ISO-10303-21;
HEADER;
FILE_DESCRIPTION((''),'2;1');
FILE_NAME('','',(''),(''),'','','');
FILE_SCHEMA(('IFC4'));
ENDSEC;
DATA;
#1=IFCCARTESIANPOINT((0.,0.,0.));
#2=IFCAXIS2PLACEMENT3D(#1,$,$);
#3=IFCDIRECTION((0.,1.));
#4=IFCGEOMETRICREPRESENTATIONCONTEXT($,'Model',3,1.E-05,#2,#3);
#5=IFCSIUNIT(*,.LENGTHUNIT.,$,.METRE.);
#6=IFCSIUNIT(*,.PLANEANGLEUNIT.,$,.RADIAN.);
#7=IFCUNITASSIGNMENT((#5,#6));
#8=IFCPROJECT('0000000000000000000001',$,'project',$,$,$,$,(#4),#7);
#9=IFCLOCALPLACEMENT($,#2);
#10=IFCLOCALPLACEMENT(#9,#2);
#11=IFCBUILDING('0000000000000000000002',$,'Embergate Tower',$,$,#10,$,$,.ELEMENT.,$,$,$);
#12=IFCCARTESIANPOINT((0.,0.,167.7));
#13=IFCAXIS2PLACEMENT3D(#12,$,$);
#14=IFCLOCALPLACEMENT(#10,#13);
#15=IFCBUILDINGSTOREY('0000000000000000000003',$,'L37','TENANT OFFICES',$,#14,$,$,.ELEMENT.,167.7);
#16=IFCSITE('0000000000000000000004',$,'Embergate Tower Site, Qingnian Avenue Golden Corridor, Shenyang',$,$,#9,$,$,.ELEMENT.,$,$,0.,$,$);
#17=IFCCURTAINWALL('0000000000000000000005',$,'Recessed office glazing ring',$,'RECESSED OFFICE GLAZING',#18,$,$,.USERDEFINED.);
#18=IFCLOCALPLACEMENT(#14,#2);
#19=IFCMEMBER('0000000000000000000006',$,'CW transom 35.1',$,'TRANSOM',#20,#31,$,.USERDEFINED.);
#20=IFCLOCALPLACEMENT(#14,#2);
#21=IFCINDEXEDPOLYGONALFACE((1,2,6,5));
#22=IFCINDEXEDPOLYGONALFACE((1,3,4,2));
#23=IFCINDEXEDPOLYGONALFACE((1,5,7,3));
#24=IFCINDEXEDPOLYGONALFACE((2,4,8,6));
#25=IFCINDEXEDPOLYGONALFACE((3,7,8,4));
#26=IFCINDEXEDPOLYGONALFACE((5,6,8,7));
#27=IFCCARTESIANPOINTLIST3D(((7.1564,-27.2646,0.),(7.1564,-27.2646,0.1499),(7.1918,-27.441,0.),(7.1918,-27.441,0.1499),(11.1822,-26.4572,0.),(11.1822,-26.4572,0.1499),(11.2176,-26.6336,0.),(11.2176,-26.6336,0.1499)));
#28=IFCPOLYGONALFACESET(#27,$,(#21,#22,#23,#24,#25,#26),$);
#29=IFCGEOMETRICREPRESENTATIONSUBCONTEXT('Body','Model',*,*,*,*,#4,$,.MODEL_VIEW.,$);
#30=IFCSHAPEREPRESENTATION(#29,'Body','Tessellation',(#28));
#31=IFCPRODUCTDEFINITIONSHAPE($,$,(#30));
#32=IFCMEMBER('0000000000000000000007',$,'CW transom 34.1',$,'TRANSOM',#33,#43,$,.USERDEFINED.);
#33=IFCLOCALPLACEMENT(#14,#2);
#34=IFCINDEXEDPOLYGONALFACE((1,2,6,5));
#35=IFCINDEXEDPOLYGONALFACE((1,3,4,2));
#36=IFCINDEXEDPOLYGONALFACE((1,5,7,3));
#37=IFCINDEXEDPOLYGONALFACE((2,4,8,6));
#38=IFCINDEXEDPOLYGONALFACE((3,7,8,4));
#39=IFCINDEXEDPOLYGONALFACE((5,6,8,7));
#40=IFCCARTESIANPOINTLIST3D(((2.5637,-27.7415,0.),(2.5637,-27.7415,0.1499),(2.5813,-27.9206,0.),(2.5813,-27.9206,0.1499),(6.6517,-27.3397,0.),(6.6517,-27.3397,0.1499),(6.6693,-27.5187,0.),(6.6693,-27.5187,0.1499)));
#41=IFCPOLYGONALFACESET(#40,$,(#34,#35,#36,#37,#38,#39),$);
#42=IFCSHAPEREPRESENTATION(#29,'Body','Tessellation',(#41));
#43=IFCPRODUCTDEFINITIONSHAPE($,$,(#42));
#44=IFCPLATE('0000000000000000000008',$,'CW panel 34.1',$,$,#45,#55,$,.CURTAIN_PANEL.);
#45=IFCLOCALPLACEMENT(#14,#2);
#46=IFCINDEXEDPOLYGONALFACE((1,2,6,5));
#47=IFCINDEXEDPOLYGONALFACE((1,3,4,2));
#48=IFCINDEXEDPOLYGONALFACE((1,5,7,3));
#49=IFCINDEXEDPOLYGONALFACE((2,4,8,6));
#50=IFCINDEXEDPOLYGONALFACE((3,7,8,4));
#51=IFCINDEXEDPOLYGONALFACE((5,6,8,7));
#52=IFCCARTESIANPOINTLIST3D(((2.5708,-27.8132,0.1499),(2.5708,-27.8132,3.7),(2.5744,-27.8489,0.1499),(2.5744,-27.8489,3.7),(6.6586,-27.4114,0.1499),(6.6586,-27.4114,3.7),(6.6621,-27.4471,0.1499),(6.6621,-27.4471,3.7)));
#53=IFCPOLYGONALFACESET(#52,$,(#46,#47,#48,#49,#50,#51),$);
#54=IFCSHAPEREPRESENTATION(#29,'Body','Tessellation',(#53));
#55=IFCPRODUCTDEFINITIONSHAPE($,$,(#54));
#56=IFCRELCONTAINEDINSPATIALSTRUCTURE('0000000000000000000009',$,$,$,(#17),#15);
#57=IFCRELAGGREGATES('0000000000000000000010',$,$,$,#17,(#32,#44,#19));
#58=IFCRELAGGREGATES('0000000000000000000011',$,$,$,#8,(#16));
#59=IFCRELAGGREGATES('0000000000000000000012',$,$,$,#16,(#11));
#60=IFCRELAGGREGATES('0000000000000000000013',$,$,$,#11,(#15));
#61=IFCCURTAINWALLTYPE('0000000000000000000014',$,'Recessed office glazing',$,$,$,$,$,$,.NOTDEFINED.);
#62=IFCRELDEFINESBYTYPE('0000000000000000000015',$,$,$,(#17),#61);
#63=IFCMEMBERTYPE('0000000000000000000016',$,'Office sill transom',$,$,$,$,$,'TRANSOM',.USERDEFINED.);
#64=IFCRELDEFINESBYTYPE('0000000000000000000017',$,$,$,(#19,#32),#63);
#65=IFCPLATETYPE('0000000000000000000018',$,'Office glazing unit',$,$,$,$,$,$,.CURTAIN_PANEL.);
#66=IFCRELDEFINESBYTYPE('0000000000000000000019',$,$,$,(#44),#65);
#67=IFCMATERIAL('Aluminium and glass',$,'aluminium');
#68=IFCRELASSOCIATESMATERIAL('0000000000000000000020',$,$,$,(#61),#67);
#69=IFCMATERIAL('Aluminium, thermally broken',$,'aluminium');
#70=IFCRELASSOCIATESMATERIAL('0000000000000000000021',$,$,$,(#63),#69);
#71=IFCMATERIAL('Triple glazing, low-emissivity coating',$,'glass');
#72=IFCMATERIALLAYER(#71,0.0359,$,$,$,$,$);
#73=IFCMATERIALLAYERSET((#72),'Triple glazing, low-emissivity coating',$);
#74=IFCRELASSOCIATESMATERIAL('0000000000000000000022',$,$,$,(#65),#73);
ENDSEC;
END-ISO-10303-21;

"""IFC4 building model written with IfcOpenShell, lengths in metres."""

from ifc_helpers import new_model, si_unit, direction, frame, origin, origin_2d, place, context, subcontext, project, spatial, rectangle, extrude, source, transform, mapped, material, layer, layer_set, material_profile, profile_set, type_object, element, aggregate, save


model = new_model("IFC4")

# Units and contexts
model_context = context("Model", 3, precision=1e-05, world=origin(), true_north=direction((0.0, 1.0)))
body_context = subcontext(model_context, "Body", "Model", "MODEL_VIEW")
ifc_project = project(units=[si_unit("LENGTHUNIT", "METRE"), si_unit("PLANEANGLEUNIT", "RADIAN")], contexts=[model_context])

# Site, building, storey
site_placement = place(None, origin())
site = spatial("IfcSite", under=ifc_project, at=site_placement, Name="Embergate Tower Site, Qingnian Avenue Golden Corridor, Shenyang", CompositionType="ELEMENT", RefElevation=0.0)
building_placement = place(site_placement, origin())
building = spatial("IfcBuilding", under=site, at=building_placement, Name="Embergate Tower", CompositionType="ELEMENT")
storey_placement = place(building_placement, frame((0.0, 0.0, 167.7)))
storey = spatial("IfcBuildingStorey", under=building, at=storey_placement, Name="L37", Description="TENANT OFFICES", CompositionType="ELEMENT", Elevation=167.7)

# Curtain wall, members, plate
ifc_material_1 = material(Name="Aluminium and glass", Category="aluminium")
curtain_wall_type = type_object("IfcCurtainWallType", Name="Recessed office glazing", PredefinedType="NOTDEFINED", material=ifc_material_1)
curtain_wall_placement = place(storey_placement, origin())
curtain_wall = element("IfcCurtainWall", 1, at=curtain_wall_placement, inside=storey, type_object=curtain_wall_type, Name="Recessed office glazing ring", ObjectType="RECESSED OFFICE GLAZING", PredefinedType="USERDEFINED")
ifc_material_2 = material(Name="Aluminium, thermally broken", Category="aluminium")
ifc_material_profile_1 = material_profile(ifc_material_2, rectangle(XDim=0.1799, YDim=0.1499, at=origin_2d()), Name="AL 150x180")
ifc_profile_set_1 = profile_set([ifc_material_profile_1], Name="Aluminium, thermally broken")
member_type_1 = type_object("IfcMemberType", Name="Office sill transom", ElementType="TRANSOM", PredefinedType="USERDEFINED", material=ifc_profile_set_1)
shared_shape_1 = source(origin(), body_context, "Body", "SweptSolid", [
    extrude(rectangle(XDim=0.1799, YDim=0.1499, at=origin_2d()), origin(), (0.0, 0.0, 1.0), 4.106),
])
member_1_placement = place(storey_placement, frame((7.1741, -27.3528, 0.075), z_axis=(0.980478, 0.196631, 0.0), x_axis=(-0.196631, 0.980478, 0.0)))
member_1 = element("IfcMember", 2, at=member_1_placement, type_object=member_type_1, Name="CW transom 35.1", ObjectType="TRANSOM", PredefinedType="USERDEFINED", context=body_context, shape_type="MappedRepresentation", body=[
    mapped(shared_shape_1, transform((0.0, 0.0, 0.0))),
])
shared_shape_2 = source(origin(), body_context, "Body", "SweptSolid", [
    extrude(rectangle(XDim=0.1799, YDim=0.1499, at=origin_2d()), origin(), (0.0, 0.0, 1.0), 4.1077),
])
member_2_placement = place(storey_placement, frame((2.5725, -27.8311, 0.075), z_axis=(0.995203, 0.097832, 0.0), x_axis=(-0.097832, 0.995203, 0.0)))
member_2 = element("IfcMember", 3, at=member_2_placement, type_object=member_type_1, Name="CW transom 34.1", ObjectType="TRANSOM", PredefinedType="USERDEFINED", context=body_context, shape_type="MappedRepresentation", body=[
    mapped(shared_shape_2, transform((0.0, 0.0, 0.0))),
])
ifc_material_3 = material(Name="Triple glazing, low-emissivity coating", Category="glass")
ifc_layer = layer(ifc_material_3, 0.0359)
ifc_layer_set = layer_set([ifc_layer], Name="Triple glazing, low-emissivity coating")
plate_type = type_object("IfcPlateType", Name="Office glazing unit", PredefinedType="CURTAIN_PANEL", material=ifc_layer_set)
shared_shape_3 = source(origin(), body_context, "Body", "SweptSolid", [
    extrude(rectangle(XDim=4.1074, YDim=0.0359, at=origin_2d()), origin(), (0.0, 0.0, 1.0), 3.55),
])
plate_placement = place(storey_placement, frame((4.6165, -27.6301, 0.1499), z_axis=(0.0, 0.0, 1.0), x_axis=(0.995203, 0.09783, 0.0)))
plate = element("IfcPlate", 4, at=plate_placement, type_object=plate_type, Name="CW panel 34.1", PredefinedType="CURTAIN_PANEL", context=body_context, shape_type="MappedRepresentation", body=[
    mapped(shared_shape_3, transform((0.0, 0.0, 0.0))),
])
aggregate(curtain_wall, [member_2, plate, member_1])

save(model, "model.ifc")
